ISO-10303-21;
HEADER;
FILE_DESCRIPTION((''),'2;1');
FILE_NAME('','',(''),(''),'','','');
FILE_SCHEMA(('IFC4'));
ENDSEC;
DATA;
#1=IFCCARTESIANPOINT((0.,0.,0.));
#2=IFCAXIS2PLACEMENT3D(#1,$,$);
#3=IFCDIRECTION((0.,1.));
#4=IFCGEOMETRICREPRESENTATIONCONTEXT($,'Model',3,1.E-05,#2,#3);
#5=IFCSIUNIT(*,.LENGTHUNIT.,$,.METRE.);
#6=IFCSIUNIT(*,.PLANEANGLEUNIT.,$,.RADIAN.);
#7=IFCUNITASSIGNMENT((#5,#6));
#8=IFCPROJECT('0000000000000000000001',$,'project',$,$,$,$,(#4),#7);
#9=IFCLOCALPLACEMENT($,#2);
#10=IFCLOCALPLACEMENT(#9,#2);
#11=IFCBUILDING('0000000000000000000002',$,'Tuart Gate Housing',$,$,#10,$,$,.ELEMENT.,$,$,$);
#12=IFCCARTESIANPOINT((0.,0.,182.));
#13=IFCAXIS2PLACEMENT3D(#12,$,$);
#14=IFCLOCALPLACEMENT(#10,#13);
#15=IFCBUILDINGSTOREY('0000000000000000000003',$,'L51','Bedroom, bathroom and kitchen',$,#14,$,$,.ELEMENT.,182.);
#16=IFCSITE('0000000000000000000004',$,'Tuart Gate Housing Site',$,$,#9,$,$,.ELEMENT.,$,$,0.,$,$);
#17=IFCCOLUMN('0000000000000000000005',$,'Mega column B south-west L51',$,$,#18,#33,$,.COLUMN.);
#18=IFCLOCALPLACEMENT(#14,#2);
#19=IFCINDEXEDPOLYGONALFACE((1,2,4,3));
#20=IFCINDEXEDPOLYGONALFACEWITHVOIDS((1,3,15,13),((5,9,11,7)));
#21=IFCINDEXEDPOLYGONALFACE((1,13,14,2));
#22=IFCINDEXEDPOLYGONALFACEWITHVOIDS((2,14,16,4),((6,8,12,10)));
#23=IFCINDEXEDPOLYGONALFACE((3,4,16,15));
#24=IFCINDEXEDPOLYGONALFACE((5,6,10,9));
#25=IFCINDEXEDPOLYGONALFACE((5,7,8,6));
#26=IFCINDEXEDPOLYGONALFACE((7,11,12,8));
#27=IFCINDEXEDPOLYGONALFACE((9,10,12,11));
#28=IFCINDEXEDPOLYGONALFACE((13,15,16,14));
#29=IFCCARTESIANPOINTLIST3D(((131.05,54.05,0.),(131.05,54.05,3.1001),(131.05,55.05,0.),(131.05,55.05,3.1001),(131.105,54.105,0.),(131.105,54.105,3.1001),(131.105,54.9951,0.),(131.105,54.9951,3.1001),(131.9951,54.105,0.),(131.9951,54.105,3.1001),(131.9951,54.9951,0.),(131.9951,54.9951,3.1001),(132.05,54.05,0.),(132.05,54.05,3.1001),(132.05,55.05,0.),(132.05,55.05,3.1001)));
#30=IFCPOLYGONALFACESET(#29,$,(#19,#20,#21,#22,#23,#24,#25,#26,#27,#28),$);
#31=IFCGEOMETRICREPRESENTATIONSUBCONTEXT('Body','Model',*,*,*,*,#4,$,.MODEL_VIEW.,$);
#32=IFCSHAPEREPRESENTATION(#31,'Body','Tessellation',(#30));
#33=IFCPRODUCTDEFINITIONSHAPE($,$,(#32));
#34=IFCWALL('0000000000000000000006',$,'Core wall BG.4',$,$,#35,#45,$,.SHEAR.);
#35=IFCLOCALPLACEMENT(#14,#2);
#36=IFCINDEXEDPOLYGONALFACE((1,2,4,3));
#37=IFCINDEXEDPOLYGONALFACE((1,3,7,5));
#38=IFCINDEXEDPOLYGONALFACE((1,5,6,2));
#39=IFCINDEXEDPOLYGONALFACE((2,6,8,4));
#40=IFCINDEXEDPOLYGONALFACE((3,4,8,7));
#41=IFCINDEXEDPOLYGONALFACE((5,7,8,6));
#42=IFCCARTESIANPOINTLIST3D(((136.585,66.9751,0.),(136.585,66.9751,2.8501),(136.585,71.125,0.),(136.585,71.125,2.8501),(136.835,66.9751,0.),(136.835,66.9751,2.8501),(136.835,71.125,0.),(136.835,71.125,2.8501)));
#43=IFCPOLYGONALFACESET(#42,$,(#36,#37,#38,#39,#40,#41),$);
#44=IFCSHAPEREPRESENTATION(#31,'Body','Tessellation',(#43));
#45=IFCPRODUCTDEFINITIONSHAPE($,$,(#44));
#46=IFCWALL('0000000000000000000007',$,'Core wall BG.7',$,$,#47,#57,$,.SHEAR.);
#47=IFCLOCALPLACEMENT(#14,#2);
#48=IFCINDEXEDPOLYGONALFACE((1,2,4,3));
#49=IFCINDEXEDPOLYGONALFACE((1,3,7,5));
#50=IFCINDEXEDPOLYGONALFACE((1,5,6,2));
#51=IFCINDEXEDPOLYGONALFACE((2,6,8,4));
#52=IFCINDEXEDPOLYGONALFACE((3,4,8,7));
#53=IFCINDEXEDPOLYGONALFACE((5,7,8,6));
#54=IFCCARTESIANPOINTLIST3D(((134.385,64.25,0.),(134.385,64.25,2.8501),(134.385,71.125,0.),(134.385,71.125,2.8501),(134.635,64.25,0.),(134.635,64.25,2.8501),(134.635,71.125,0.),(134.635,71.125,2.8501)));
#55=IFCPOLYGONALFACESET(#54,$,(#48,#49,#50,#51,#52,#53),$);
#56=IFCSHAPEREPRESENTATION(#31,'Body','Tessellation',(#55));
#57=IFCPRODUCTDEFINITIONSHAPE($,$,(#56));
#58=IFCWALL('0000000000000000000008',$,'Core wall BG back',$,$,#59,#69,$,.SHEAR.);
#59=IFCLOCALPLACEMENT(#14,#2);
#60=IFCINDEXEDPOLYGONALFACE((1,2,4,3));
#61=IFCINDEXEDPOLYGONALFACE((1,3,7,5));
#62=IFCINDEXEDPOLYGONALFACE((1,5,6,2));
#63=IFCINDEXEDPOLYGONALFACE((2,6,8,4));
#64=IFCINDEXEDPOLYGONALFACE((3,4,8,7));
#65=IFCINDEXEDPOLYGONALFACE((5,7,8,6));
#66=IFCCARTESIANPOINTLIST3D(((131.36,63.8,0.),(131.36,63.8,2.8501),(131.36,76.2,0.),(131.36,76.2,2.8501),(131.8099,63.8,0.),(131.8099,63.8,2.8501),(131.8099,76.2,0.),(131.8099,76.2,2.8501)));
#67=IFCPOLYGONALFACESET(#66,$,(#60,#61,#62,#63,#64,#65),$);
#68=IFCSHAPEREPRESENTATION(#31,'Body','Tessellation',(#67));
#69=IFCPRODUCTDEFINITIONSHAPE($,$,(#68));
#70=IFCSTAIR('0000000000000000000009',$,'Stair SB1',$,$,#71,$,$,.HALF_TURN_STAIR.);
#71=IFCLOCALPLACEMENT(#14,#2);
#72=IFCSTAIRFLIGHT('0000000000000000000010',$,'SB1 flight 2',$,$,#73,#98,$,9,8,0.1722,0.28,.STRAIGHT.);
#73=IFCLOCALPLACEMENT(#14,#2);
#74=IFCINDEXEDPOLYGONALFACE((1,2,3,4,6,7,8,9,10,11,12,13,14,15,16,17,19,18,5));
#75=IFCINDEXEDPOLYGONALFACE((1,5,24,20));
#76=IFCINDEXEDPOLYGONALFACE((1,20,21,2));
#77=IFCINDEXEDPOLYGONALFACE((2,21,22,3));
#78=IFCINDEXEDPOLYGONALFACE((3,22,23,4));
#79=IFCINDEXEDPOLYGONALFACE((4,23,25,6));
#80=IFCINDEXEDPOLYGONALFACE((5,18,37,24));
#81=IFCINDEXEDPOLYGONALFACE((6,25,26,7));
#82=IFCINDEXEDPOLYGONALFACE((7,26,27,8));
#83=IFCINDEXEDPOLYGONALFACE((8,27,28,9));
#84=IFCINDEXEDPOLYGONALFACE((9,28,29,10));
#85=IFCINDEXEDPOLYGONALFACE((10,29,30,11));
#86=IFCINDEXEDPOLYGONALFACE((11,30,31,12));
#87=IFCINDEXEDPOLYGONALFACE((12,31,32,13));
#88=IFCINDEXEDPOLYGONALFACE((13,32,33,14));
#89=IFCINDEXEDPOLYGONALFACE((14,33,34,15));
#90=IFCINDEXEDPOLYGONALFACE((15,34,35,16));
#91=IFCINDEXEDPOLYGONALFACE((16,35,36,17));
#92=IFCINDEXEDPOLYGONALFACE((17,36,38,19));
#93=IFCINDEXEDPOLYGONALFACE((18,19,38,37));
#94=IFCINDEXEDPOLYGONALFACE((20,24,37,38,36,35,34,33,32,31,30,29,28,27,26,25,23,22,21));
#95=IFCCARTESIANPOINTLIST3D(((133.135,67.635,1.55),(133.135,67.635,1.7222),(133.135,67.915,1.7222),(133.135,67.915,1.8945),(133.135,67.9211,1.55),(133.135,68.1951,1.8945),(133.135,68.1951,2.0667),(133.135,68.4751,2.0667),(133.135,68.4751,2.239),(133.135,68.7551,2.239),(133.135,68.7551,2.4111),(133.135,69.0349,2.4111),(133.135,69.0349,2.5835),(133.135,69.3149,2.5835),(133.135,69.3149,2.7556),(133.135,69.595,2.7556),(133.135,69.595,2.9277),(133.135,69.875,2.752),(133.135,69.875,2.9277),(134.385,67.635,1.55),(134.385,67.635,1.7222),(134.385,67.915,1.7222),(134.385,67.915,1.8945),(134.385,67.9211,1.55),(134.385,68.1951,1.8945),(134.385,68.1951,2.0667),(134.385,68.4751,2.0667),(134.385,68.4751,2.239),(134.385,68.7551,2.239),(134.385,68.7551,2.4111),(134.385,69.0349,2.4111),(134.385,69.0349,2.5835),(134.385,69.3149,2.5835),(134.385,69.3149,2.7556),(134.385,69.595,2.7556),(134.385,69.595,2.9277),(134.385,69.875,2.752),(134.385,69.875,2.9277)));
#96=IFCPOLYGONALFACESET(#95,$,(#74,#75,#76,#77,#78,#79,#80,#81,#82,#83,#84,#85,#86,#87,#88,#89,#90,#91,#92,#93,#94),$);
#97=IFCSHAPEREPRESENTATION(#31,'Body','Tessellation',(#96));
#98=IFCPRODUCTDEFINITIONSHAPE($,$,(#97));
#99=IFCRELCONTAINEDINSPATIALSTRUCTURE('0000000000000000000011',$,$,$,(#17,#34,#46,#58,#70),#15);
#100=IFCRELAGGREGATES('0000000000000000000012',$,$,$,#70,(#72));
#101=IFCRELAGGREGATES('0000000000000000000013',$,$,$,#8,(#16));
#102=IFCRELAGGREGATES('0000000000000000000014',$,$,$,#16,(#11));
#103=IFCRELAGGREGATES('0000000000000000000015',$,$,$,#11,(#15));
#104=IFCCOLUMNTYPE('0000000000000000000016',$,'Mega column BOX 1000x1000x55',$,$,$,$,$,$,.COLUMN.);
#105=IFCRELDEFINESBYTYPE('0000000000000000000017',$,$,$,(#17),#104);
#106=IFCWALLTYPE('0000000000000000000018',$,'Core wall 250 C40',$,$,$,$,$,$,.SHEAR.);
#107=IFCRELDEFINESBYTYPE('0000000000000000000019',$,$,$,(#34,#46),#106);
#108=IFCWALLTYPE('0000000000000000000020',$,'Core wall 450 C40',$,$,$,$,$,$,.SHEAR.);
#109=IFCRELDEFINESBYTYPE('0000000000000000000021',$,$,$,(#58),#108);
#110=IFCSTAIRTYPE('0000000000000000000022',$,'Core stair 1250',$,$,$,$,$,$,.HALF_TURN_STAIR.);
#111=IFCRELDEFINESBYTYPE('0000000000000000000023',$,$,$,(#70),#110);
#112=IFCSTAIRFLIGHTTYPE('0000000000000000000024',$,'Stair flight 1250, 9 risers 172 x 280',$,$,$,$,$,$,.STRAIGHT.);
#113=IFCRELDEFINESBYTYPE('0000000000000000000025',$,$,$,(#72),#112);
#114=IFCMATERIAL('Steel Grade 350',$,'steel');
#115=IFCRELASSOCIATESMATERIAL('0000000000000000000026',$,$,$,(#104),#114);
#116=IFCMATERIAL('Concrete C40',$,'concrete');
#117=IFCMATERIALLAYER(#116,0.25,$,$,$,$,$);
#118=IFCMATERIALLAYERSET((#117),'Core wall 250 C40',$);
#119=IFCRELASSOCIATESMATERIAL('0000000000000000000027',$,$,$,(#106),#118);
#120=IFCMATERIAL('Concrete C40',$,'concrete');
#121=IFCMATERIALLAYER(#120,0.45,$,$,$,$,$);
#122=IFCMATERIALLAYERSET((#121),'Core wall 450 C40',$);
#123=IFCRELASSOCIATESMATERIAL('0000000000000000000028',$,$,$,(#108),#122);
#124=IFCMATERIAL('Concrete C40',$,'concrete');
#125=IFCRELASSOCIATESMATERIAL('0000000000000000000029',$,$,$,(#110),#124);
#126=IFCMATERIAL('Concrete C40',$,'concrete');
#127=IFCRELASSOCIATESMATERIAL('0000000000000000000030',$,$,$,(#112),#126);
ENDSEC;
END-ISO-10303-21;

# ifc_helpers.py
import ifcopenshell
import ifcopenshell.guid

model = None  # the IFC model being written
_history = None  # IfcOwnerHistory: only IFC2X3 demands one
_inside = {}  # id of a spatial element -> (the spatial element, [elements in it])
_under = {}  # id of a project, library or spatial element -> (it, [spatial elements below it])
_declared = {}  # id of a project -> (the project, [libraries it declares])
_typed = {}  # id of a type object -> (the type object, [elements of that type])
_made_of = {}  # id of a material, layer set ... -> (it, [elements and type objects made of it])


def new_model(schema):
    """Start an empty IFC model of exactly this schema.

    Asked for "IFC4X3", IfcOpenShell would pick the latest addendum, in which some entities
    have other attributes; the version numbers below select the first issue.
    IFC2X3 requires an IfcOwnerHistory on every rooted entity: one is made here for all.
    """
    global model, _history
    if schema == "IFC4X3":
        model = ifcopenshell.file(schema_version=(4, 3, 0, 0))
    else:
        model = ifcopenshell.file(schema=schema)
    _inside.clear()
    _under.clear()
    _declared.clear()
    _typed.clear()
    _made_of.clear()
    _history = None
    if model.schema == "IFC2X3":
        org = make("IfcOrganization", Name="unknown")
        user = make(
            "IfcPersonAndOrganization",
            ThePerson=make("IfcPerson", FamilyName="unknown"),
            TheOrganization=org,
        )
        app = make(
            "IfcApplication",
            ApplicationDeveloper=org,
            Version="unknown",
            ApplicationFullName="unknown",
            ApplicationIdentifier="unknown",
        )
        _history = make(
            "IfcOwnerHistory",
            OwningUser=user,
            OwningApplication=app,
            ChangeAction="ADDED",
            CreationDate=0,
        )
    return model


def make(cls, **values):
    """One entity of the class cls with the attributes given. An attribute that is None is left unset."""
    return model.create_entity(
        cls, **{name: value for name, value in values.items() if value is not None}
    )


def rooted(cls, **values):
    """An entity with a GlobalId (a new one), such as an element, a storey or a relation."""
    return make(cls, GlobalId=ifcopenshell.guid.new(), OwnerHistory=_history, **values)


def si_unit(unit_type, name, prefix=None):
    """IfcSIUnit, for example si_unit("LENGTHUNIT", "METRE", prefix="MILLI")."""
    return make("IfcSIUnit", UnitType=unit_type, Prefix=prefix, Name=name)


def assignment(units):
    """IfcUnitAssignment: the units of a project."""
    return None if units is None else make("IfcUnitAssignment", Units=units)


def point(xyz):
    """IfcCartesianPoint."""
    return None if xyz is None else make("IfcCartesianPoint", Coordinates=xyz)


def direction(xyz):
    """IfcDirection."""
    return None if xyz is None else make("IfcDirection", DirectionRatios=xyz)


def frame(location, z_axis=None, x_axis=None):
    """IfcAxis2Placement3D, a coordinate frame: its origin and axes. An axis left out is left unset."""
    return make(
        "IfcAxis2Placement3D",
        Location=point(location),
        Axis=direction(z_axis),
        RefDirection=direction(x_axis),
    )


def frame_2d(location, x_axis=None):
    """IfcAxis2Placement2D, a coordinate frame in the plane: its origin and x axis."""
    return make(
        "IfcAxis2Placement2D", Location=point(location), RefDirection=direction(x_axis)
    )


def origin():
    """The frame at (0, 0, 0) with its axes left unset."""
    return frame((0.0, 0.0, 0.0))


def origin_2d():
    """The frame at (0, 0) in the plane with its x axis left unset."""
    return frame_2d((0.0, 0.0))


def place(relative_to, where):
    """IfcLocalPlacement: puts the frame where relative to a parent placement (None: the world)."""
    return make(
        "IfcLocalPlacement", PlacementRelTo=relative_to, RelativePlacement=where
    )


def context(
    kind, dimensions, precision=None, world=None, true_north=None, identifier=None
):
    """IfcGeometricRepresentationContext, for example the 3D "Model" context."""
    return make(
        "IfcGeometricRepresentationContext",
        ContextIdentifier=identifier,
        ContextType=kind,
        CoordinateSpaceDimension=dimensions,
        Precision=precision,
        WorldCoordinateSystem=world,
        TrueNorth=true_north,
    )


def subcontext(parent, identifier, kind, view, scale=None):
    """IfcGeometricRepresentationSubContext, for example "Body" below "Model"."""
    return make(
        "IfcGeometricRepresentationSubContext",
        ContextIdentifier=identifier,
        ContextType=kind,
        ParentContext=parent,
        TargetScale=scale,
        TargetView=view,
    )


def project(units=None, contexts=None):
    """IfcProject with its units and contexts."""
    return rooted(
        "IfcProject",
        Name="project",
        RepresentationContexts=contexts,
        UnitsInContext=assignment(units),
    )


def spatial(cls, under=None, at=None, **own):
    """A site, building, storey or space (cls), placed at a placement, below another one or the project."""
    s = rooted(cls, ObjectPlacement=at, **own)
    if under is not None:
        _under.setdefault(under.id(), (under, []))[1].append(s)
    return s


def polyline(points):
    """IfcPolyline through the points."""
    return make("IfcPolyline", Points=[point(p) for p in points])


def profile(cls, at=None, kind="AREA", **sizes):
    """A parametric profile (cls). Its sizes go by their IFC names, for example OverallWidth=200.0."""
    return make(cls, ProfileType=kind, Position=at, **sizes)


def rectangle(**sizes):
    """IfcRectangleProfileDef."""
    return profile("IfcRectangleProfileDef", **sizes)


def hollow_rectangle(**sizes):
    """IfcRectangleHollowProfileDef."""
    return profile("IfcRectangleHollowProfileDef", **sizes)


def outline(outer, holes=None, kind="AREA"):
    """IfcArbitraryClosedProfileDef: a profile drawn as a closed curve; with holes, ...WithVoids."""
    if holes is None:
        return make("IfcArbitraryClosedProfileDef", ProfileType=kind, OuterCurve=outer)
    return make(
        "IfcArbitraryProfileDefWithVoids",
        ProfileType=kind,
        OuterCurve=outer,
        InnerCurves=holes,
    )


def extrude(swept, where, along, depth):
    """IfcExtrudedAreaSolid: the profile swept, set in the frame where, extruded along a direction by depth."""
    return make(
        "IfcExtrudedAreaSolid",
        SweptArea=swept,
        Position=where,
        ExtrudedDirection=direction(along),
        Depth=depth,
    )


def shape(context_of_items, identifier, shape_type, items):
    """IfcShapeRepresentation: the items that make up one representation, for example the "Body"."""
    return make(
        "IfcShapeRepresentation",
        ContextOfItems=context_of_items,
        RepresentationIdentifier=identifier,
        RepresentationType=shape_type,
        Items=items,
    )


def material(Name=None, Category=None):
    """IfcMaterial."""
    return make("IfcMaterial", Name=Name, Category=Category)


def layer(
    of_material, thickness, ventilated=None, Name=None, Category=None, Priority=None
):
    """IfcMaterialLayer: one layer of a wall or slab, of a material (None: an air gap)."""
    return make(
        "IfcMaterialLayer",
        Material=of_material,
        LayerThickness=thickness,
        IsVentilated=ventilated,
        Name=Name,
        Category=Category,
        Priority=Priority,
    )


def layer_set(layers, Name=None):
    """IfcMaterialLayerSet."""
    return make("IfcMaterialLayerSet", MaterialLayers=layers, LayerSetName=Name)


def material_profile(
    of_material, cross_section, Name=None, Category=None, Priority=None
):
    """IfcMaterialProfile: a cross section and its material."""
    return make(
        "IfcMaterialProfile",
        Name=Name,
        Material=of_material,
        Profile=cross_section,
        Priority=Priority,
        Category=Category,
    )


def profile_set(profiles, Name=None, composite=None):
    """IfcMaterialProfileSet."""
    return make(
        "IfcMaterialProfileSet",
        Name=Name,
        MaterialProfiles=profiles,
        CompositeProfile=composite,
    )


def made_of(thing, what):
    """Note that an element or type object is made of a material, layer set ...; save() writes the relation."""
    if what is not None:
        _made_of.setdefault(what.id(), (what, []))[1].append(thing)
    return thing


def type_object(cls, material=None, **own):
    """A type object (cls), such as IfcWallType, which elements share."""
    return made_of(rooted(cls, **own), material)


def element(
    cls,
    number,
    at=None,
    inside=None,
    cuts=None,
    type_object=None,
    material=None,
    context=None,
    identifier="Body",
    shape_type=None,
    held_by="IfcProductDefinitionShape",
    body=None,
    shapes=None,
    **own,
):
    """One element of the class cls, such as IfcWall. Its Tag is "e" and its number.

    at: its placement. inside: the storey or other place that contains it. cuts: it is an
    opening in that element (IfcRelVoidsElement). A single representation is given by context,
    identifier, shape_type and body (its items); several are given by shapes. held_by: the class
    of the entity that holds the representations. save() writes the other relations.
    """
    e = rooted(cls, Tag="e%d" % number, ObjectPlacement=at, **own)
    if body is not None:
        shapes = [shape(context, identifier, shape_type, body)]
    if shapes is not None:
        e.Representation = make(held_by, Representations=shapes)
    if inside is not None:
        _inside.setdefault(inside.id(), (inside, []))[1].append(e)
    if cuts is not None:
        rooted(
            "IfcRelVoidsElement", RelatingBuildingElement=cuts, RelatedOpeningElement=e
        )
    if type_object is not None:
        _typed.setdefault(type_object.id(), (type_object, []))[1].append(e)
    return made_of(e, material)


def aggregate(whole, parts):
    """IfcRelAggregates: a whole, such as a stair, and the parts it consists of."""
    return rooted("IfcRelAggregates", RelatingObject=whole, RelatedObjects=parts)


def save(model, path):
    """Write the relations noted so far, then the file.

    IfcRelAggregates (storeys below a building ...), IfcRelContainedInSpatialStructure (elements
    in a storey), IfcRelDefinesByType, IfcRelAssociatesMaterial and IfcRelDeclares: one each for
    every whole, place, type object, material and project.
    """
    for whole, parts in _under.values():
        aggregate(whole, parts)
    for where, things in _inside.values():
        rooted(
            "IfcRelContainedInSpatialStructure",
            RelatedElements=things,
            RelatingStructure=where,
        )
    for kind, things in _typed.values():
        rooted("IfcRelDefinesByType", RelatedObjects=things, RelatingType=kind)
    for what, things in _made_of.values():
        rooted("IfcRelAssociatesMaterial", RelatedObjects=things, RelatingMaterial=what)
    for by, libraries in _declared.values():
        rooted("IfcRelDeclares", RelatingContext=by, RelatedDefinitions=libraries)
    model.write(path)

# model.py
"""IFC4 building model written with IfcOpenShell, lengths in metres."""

from ifc_helpers import new_model, si_unit, direction, frame, frame_2d, origin, origin_2d, place, context, subcontext, project, spatial, polyline, rectangle, hollow_rectangle, outline, extrude, material, layer, layer_set, material_profile, profile_set, type_object, element, aggregate, save


model = new_model("IFC4")

# Units and contexts
model_context = context("Model", 3, precision=1e-05, world=origin(), true_north=direction((0.0, 1.0)))
body_context = subcontext(model_context, "Body", "Model", "MODEL_VIEW")
ifc_project = project(units=[si_unit("LENGTHUNIT", "METRE"), si_unit("PLANEANGLEUNIT", "RADIAN")], contexts=[model_context])

# Site, building, storey
site_placement = place(None, origin())
site = spatial("IfcSite", under=ifc_project, at=site_placement, Name="Tuart Gate Housing Site", CompositionType="ELEMENT", RefElevation=0.0)
building_placement = place(site_placement, origin())
building = spatial("IfcBuilding", under=site, at=building_placement, Name="Tuart Gate Housing", CompositionType="ELEMENT")
storey_placement = place(building_placement, frame((0.0, 0.0, 182.0)))
storey = spatial("IfcBuildingStorey", under=building, at=storey_placement, Name="L51", Description="Bedroom, bathroom and kitchen", CompositionType="ELEMENT", Elevation=182.0)

# Column
ifc_material_1 = material(Name="Steel Grade 350", Category="steel")
ifc_material_profile = material_profile(ifc_material_1, hollow_rectangle(XDim=1.0, YDim=1.0, WallThickness=0.0549, at=origin_2d()), Name="BOX 1000x1000x55")
ifc_profile_set = profile_set([ifc_material_profile], Name="Steel Grade 350")
column_type = type_object("IfcColumnType", Name="Mega column BOX 1000x1000x55", PredefinedType="COLUMN", material=ifc_profile_set)
column_placement = place(storey_placement, frame((131.55, 54.55, 0.0), z_axis=(0.0, 0.0, 1.0), x_axis=(1.0, 0.0, 0.0)))
element("IfcColumn", 1, at=column_placement, inside=storey, type_object=column_type, Name="Mega column B south-west L51", PredefinedType="COLUMN", context=body_context, shape_type="SweptSolid", body=[
    extrude(hollow_rectangle(XDim=1.0, YDim=1.0, WallThickness=0.0549, at=origin_2d()), origin(), (0.0, 0.0, 1.0), 3.1001),
])

# Walls
ifc_material_2 = material(Name="Concrete C40", Category="concrete")
ifc_layer_1 = layer(ifc_material_2, 0.25)
ifc_layer_set_1 = layer_set([ifc_layer_1], Name="Core wall 250 C40")
wall_type_1 = type_object("IfcWallType", Name="Core wall 250 C40", PredefinedType="SHEAR", material=ifc_layer_set_1)
wall_1_placement = place(storey_placement, frame((136.71, 66.9751, 0.0), z_axis=(0.0, 0.0, 1.0), x_axis=(0.0, 1.0, 0.0)))
element("IfcWall", 2, at=wall_1_placement, inside=storey, type_object=wall_type_1, Name="Core wall BG.4", PredefinedType="SHEAR", context=body_context, shape_type="SweptSolid", body=[
    extrude(rectangle(XDim=4.1499, YDim=0.25, at=frame_2d((2.075, 0.0))), origin(), (0.0, 0.0, 1.0), 2.8501),
])
wall_2_placement = place(storey_placement, frame((134.51, 64.25, 0.0), z_axis=(0.0, 0.0, 1.0), x_axis=(0.0, 1.0, 0.0)))
element("IfcWall", 3, at=wall_2_placement, inside=storey, type_object=wall_type_1, Name="Core wall BG.7", PredefinedType="SHEAR", context=body_context, shape_type="SweptSolid", body=[
    extrude(rectangle(XDim=6.875, YDim=0.25, at=frame_2d((3.4375, 0.0))), origin(), (0.0, 0.0, 1.0), 2.8501),
])
ifc_material_3 = material(Name="Concrete C40", Category="concrete")
ifc_layer_2 = layer(ifc_material_3, 0.45)
ifc_layer_set_2 = layer_set([ifc_layer_2], Name="Core wall 450 C40")
wall_type_2 = type_object("IfcWallType", Name="Core wall 450 C40", PredefinedType="SHEAR", material=ifc_layer_set_2)
wall_3_placement = place(storey_placement, frame((131.585, 63.8, 0.0), z_axis=(0.0, 0.0, 1.0), x_axis=(0.0, 1.0, 0.0)))
element("IfcWall", 4, at=wall_3_placement, inside=storey, type_object=wall_type_2, Name="Core wall BG back", PredefinedType="SHEAR", context=body_context, shape_type="SweptSolid", body=[
    extrude(rectangle(XDim=12.3999, YDim=0.45, at=frame_2d((6.2, 0.0))), origin(), (0.0, 0.0, 1.0), 2.8501),
])

# Stair, stair flight
ifc_material_4 = material(Name="Concrete C40", Category="concrete")
stair_type = type_object("IfcStairType", Name="Core stair 1250", PredefinedType="HALF_TURN_STAIR", material=ifc_material_4)
stair_placement = place(storey_placement, origin())
stair = element("IfcStair", 5, at=stair_placement, inside=storey, type_object=stair_type, Name="Stair SB1", PredefinedType="HALF_TURN_STAIR")
ifc_material_5 = material(Name="Concrete C40", Category="concrete")
stair_flight_type = type_object("IfcStairFlightType", Name="Stair flight 1250, 9 risers 172 x 280", PredefinedType="STRAIGHT", material=ifc_material_5)
stair_flight_placement = place(storey_placement, frame((133.76, 67.635, 1.55), z_axis=(0.0, 0.0, 1.0), x_axis=(0.0, 1.0, 0.0)))
stair_flight = element("IfcStairFlight", 6, at=stair_flight_placement, type_object=stair_flight_type, Name="SB1 flight 2", NumberOfRisers=9, NumberOfTreads=8, PredefinedType="STRAIGHT", RiserHeight=0.1722, TreadLength=0.28, context=body_context, shape_type="SweptSolid", body=[
    extrude(outline(polyline([(0.0, 0.0), (0.0, 0.1721), (0.28, 0.1721), (0.28, 0.3445), (0.5601, 0.3445), (0.5601, 0.5166), (0.8401, 0.5166), (0.8401, 0.689), (1.1201, 0.689), (1.1201, 0.8611), (1.3999, 0.8611), (1.3999, 1.0334), (1.6799, 1.0334), (1.6799, 1.2056), (1.96, 1.2056), (1.96, 1.3777), (2.24, 1.3777), (2.24, 1.55), (2.24, 1.2019), (0.2861, 0.0), (0.0, 0.0)])), frame((0.0, 0.625, 0.0), z_axis=(0.0, -1.0, 0.0), x_axis=(1.0, 0.0, 0.0)), (0.0, 0.0, 1.0), 1.25),
])
aggregate(stair, [stair_flight])

save(model, "model.ifc")
